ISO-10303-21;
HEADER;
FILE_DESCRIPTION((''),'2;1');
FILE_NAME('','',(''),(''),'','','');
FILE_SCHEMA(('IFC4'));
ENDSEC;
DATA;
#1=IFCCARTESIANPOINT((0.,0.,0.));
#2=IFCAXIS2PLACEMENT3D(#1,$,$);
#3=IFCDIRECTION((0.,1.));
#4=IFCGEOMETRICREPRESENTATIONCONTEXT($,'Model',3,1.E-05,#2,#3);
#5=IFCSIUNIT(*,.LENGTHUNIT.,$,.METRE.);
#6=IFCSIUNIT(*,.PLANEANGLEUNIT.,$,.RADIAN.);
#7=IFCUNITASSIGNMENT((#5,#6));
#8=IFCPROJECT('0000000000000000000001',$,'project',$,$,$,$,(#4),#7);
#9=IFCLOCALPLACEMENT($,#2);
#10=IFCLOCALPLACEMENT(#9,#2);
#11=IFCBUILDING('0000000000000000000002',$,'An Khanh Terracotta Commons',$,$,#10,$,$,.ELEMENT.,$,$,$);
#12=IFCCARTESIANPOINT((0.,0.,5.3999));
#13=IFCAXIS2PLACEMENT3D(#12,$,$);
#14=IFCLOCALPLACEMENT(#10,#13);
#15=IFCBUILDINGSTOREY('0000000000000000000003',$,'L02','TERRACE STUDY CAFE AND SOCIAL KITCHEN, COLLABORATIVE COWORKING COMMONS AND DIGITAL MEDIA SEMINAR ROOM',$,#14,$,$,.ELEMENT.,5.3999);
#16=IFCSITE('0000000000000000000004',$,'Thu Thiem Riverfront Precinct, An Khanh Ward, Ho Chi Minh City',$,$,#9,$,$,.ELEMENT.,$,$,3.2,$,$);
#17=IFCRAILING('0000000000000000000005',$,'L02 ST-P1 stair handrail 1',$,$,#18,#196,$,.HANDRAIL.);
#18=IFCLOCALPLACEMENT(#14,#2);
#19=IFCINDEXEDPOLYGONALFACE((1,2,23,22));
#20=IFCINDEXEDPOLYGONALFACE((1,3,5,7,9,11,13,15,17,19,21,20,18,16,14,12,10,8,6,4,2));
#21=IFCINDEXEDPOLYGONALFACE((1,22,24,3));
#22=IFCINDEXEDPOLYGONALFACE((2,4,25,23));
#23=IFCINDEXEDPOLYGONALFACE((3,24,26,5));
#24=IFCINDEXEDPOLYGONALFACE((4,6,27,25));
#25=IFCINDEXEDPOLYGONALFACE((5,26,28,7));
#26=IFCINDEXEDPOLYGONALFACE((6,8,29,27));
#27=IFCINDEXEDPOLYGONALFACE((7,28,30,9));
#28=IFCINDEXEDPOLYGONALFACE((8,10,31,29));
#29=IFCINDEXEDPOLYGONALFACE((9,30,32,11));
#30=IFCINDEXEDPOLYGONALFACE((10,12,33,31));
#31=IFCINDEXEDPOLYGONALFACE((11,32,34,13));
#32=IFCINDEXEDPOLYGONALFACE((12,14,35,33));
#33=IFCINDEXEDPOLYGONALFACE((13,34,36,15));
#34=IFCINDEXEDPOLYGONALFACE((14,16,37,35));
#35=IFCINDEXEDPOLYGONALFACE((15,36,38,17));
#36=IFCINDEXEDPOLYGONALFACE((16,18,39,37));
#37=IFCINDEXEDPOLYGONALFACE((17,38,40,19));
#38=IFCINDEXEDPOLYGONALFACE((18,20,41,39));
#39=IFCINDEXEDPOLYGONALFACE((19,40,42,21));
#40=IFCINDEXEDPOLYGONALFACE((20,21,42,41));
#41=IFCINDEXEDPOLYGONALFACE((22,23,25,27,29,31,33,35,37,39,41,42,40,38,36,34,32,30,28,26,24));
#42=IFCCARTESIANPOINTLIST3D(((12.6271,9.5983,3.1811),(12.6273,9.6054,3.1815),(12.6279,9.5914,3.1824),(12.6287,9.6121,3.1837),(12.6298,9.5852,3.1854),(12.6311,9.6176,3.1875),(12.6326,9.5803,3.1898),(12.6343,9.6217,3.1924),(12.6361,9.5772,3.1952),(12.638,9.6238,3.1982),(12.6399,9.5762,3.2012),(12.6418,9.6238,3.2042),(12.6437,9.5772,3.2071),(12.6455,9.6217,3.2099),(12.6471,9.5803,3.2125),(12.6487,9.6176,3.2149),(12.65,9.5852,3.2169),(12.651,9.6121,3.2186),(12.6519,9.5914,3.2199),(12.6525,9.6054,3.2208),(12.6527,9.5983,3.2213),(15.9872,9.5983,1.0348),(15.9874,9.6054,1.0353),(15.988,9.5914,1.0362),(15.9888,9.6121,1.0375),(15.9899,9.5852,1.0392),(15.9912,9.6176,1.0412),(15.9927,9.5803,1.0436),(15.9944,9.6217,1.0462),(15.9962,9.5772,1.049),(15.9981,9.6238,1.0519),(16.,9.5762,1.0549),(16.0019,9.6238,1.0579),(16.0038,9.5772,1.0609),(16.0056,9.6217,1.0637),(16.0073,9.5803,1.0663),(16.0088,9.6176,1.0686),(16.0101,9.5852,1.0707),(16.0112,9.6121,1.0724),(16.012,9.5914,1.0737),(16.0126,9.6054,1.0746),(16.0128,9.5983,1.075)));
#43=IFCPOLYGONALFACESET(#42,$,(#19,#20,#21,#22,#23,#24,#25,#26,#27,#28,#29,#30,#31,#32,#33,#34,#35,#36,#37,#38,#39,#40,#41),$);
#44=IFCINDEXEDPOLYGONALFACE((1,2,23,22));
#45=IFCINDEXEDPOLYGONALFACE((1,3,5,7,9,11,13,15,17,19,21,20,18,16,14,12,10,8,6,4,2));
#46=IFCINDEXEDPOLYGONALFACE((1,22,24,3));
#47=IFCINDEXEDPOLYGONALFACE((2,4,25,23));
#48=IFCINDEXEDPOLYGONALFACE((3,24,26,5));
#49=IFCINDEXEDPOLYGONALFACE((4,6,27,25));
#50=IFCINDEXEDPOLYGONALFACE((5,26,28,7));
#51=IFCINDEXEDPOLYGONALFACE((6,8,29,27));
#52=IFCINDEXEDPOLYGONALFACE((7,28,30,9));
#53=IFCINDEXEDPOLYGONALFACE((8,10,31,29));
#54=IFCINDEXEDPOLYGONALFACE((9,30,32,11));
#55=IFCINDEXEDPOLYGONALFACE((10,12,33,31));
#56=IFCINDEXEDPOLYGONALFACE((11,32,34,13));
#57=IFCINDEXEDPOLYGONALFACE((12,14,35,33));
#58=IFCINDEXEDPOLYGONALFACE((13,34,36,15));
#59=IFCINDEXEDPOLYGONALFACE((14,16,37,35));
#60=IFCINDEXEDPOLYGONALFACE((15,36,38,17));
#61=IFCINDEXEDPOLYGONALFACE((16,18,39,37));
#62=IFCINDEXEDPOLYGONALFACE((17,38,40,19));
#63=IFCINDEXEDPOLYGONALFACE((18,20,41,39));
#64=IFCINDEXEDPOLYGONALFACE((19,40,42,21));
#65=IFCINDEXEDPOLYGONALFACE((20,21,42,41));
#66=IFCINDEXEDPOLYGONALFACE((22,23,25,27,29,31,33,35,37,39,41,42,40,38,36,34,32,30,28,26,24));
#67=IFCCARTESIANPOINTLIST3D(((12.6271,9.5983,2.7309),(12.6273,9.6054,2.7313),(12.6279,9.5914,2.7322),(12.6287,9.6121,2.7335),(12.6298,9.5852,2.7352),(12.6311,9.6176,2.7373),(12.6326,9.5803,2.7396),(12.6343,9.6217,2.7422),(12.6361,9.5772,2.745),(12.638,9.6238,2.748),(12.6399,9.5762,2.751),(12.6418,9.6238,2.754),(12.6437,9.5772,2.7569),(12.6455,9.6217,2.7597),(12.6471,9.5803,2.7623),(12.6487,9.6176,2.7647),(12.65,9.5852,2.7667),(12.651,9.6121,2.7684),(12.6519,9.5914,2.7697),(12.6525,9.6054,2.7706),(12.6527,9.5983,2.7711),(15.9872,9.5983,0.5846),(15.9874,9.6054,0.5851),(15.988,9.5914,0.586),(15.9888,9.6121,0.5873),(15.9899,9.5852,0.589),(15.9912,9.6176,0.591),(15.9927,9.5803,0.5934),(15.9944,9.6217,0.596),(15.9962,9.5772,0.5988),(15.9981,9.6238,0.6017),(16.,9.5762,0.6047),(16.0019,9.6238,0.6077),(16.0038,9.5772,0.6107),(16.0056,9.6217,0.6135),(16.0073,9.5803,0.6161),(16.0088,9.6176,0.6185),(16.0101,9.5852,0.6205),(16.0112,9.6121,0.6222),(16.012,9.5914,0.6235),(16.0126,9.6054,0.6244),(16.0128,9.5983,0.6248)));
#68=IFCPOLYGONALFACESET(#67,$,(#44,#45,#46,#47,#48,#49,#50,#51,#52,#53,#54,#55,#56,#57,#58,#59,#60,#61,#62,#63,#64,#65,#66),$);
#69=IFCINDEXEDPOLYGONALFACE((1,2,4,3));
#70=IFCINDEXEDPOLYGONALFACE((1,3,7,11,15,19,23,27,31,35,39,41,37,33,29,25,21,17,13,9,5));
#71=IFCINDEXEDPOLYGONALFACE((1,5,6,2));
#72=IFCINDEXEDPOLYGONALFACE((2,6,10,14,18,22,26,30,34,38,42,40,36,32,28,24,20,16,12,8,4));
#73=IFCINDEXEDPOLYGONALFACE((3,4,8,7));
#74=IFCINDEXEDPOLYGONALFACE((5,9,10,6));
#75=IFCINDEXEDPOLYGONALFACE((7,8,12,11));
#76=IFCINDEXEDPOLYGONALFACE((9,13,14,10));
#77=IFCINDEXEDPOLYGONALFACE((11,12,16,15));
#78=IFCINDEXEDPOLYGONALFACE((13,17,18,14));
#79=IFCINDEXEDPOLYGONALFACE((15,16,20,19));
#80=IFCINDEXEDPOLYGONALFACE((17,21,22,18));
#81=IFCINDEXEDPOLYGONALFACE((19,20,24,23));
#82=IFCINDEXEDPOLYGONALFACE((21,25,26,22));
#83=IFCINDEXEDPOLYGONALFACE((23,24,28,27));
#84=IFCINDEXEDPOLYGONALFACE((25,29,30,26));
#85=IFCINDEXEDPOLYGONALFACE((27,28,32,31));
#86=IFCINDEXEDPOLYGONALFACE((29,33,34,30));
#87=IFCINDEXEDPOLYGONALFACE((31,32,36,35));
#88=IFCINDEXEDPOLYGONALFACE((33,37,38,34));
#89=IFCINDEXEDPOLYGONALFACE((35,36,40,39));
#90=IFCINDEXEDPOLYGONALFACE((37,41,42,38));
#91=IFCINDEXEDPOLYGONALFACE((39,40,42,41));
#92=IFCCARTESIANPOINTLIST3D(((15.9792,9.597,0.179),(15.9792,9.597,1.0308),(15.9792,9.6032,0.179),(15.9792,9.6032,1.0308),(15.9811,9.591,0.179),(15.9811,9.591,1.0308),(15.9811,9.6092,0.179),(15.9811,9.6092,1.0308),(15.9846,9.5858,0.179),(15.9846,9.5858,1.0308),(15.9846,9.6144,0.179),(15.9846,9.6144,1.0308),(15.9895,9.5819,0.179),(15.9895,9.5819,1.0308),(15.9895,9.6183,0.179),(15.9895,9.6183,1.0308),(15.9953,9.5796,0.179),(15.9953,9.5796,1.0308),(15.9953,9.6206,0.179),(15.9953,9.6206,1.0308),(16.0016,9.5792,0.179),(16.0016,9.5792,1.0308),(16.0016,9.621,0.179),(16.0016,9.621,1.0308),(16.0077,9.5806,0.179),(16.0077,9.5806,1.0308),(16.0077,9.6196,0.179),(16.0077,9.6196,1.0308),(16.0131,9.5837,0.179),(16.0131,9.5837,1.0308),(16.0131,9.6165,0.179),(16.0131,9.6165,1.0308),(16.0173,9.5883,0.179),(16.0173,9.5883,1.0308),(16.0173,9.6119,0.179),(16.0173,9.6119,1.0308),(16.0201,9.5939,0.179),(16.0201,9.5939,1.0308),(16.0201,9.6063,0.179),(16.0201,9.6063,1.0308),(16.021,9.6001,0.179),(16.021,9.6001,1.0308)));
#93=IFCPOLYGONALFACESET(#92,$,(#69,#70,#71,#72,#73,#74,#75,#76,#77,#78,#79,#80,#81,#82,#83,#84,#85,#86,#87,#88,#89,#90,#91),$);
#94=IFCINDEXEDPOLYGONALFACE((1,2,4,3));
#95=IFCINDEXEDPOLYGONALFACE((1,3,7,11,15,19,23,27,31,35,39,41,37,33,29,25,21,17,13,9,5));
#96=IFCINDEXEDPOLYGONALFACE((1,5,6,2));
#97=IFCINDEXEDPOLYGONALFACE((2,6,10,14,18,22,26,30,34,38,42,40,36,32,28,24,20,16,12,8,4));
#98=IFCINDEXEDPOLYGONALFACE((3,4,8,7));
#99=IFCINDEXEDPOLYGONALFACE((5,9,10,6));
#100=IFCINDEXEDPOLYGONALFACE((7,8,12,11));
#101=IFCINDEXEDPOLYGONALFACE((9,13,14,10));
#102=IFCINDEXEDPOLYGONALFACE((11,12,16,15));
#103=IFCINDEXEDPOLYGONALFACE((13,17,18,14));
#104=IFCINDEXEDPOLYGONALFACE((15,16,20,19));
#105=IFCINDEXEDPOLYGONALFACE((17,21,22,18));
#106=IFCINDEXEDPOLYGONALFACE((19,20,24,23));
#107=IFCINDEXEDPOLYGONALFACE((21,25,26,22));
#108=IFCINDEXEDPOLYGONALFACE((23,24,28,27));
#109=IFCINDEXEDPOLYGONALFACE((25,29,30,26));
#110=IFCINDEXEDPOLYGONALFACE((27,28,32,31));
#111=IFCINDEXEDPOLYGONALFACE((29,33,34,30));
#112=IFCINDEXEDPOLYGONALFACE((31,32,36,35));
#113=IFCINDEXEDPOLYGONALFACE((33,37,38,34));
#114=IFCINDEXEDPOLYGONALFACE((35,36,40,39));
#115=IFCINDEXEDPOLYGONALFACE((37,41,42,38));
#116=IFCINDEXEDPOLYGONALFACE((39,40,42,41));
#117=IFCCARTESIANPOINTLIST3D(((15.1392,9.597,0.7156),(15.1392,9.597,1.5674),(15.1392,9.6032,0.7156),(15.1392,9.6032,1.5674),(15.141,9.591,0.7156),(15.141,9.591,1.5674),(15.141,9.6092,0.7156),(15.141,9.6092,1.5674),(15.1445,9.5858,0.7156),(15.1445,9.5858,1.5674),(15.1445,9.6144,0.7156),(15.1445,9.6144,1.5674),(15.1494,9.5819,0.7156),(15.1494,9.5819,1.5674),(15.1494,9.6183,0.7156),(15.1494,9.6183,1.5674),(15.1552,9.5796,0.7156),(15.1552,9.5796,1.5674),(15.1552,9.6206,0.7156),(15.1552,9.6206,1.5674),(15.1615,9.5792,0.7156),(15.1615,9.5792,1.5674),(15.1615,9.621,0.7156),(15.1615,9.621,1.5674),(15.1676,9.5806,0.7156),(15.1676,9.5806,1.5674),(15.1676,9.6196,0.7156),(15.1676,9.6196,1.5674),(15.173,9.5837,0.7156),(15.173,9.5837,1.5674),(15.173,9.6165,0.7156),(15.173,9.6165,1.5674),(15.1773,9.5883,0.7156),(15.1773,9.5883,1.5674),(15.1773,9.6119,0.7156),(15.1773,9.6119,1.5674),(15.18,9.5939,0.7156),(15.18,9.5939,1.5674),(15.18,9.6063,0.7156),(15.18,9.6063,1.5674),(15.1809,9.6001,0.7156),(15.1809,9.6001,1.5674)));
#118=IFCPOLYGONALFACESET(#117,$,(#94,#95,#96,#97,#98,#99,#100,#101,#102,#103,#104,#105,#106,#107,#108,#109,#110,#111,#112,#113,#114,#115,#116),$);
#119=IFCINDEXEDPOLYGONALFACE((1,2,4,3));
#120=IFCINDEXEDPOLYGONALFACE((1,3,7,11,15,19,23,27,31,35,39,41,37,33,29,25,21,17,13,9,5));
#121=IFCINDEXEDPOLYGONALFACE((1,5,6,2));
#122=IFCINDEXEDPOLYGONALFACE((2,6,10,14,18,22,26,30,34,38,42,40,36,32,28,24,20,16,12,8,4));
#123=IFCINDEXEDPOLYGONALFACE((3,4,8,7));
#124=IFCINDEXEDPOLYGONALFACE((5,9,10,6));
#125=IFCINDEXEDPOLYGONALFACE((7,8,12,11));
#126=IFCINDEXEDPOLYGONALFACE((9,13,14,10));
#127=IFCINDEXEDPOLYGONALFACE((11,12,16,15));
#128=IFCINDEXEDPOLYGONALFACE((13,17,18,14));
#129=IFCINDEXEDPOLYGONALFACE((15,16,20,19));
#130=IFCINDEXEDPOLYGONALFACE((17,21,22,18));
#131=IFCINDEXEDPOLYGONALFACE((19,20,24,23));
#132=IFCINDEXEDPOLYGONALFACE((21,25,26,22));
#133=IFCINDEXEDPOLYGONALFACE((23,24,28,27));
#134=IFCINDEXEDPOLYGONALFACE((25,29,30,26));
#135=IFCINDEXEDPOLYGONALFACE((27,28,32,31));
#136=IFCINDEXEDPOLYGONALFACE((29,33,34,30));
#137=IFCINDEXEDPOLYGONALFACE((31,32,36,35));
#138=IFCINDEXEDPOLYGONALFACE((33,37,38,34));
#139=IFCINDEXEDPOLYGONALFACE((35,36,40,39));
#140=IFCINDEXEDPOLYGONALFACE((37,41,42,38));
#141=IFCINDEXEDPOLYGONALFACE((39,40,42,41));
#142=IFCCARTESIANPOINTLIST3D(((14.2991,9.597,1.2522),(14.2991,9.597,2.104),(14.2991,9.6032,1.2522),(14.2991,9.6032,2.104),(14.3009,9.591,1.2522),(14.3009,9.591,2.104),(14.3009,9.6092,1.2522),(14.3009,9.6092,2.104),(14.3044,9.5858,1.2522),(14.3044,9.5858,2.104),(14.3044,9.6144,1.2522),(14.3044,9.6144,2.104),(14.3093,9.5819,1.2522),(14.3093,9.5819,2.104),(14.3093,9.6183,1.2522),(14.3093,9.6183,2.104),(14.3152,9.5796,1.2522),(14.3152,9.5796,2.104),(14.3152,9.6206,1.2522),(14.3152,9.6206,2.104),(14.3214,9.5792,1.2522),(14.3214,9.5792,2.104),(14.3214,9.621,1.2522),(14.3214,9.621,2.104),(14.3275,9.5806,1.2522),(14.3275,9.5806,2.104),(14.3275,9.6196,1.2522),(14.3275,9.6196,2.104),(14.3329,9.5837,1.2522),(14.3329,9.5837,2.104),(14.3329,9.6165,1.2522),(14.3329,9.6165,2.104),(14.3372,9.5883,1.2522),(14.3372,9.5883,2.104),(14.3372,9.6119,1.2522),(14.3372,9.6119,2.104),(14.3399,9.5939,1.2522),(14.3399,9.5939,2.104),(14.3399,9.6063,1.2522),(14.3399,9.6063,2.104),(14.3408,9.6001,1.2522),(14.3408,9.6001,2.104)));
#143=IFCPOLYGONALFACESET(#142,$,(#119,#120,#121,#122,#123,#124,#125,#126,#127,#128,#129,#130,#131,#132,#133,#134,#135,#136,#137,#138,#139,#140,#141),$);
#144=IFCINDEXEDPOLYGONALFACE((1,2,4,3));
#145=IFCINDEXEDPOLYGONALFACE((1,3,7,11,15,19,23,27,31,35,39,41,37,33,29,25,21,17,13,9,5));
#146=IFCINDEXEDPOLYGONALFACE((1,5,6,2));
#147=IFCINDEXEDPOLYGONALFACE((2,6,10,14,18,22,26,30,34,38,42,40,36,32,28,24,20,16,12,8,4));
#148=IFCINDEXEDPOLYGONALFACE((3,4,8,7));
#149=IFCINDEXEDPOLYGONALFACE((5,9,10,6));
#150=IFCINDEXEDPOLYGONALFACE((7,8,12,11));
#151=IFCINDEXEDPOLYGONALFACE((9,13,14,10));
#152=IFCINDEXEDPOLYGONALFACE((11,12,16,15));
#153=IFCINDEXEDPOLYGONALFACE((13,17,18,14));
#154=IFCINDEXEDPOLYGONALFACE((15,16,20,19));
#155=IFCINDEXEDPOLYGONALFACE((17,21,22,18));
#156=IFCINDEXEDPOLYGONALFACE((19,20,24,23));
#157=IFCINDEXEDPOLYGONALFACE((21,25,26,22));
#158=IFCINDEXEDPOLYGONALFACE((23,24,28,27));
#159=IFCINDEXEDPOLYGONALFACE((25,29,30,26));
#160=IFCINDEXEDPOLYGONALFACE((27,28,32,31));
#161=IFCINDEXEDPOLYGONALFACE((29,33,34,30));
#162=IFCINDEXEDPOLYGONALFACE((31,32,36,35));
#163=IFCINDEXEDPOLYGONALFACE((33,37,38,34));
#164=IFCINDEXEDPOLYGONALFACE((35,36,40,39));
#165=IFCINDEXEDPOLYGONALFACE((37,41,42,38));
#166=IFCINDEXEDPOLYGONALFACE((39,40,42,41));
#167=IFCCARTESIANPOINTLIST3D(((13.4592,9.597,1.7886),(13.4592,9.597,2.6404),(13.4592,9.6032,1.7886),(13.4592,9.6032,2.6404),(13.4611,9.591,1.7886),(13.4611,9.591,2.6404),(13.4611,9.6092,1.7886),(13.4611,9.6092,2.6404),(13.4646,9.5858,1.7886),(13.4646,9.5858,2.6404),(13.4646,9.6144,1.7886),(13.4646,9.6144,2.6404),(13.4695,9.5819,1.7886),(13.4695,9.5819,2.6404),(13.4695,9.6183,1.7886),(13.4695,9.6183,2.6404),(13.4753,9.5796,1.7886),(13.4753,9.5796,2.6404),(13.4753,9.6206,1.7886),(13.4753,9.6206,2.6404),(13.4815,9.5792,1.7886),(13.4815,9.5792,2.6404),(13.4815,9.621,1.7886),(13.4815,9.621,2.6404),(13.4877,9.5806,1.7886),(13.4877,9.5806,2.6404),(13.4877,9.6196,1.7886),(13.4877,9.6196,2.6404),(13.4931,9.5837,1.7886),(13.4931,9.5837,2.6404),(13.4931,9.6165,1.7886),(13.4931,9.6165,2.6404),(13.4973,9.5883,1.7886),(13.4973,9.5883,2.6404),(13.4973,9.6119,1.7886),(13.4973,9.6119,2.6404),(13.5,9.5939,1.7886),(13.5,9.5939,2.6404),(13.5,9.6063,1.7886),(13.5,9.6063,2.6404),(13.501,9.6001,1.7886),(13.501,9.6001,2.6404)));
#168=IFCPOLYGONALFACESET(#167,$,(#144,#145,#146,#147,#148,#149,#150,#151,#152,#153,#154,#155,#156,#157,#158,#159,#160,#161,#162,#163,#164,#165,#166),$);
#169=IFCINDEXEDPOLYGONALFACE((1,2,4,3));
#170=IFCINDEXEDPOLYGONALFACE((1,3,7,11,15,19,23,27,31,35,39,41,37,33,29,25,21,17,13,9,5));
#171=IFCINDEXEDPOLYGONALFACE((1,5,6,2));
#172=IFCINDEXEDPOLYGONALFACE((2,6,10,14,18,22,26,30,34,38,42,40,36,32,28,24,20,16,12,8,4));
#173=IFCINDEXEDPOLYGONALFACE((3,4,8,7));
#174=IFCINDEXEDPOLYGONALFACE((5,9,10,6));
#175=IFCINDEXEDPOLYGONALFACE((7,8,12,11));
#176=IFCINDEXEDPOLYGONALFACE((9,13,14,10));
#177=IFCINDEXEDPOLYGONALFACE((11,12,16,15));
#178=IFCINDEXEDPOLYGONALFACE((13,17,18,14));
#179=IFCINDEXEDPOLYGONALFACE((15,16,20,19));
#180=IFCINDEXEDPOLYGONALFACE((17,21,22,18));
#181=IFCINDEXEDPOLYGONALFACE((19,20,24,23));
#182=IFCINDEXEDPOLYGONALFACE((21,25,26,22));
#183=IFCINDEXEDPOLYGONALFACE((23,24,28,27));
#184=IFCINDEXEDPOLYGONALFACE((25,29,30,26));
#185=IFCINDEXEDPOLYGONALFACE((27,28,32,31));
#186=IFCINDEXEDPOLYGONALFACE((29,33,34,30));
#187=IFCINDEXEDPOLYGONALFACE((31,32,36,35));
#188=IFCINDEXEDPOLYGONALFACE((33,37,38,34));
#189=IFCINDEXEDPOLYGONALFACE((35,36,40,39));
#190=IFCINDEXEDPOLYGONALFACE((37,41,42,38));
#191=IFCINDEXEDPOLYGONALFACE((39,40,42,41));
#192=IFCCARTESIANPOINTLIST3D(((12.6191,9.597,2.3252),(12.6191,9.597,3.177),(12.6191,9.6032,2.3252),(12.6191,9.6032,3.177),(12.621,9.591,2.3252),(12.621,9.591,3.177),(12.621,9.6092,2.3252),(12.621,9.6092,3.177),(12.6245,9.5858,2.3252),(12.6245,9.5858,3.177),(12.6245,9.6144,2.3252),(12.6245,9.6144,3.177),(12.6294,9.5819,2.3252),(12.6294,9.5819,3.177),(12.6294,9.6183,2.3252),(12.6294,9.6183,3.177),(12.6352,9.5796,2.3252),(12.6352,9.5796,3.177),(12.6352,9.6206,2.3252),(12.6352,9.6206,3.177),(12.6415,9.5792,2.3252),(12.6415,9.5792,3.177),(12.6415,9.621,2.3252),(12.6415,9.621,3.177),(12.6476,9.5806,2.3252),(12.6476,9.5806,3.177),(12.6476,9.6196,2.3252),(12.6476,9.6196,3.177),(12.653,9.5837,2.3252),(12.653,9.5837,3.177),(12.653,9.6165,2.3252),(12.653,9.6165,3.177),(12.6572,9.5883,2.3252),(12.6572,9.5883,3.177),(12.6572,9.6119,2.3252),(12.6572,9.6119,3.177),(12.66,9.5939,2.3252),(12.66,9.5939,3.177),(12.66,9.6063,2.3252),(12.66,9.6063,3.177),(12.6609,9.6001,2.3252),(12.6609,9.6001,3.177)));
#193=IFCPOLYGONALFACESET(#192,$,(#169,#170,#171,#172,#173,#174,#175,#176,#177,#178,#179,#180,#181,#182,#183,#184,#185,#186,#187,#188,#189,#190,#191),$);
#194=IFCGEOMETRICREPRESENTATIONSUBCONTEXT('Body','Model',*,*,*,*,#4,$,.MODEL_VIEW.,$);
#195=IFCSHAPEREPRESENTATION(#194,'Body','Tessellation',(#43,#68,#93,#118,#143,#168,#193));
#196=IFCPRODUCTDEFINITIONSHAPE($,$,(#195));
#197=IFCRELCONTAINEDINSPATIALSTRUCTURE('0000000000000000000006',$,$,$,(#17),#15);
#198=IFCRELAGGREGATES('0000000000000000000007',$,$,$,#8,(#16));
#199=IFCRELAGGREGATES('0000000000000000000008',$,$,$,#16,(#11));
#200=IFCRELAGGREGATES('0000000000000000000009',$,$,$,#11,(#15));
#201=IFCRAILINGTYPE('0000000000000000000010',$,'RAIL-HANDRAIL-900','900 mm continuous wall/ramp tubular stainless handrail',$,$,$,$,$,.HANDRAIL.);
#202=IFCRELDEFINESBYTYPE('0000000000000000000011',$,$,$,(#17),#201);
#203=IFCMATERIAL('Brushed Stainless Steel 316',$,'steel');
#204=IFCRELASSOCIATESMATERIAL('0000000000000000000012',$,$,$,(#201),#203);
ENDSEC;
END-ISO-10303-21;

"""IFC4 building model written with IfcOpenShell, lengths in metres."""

from ifc_helpers import new_model, si_unit, direction, frame, origin, origin_2d, place, context, subcontext, project, spatial, circle, extrude, material, type_object, element, save


model = new_model("IFC4")

# Units and contexts
model_context = context("Model", 3, precision=1e-05, world=origin(), true_north=direction((0.0, 1.0)))
body_context = subcontext(model_context, "Body", "Model", "MODEL_VIEW")
ifc_project = project(units=[si_unit("LENGTHUNIT", "METRE"), si_unit("PLANEANGLEUNIT", "RADIAN")], contexts=[model_context])

# Site, building, storey
site_placement = place(None, origin())
site = spatial("IfcSite", under=ifc_project, at=site_placement, Name="Thu Thiem Riverfront Precinct, An Khanh Ward, Ho Chi Minh City", CompositionType="ELEMENT", RefElevation=3.2)
building_placement = place(site_placement, origin())
building = spatial("IfcBuilding", under=site, at=building_placement, Name="An Khanh Terracotta Commons", CompositionType="ELEMENT")
storey_placement = place(building_placement, frame((0.0, 0.0, 5.3999)))
storey = spatial("IfcBuildingStorey", under=building, at=storey_placement, Name="L02", Description="TERRACE STUDY CAFE AND SOCIAL KITCHEN, COLLABORATIVE COWORKING COMMONS AND DIGITAL MEDIA SEMINAR ROOM", CompositionType="ELEMENT", Elevation=5.3999)

# Railing
ifc_material_1 = material(Name="Brushed Stainless Steel 316", Category="steel")
railing_type_1 = type_object("IfcRailingType", Name="RAIL-HANDRAIL-900", Description="900 mm continuous wall/ramp tubular stainless handrail", PredefinedType="HANDRAIL", material=ifc_material_1)
railing_1_placement = place(storey_placement, frame((16.0, 9.6001, 0.179)))
element("IfcRailing", 1, at=railing_1_placement, inside=storey, type_object=railing_type_1, Name="L02 ST-P1 stair handrail 1", PredefinedType="HANDRAIL", context=body_context, shape_type="SweptSolid", body=[
    extrude(circle(Radius=0.0239, at=origin_2d()), frame((0.0, 0.0, 0.876), z_axis=(-0.842753, 0.0, 0.538301), x_axis=(0.0, -1.0, 0.0)), (0.0, 0.0, 1.0), 3.9871),
    extrude(circle(Radius=0.0239, at=origin_2d()), frame((0.0, 0.0, 0.4258), z_axis=(-0.842753, 0.0, 0.538301), x_axis=(0.0, -1.0, 0.0)), (0.0, 0.0, 1.0), 3.9871),
    extrude(circle(Radius=0.021, at=origin_2d()), origin(), (0.0, 0.0, 1.0), 0.8518),
    extrude(circle(Radius=0.021, at=origin_2d()), frame((-0.8401, 0.0, 0.5366)), (0.0, 0.0, 1.0), 0.8518),
    extrude(circle(Radius=0.021, at=origin_2d()), frame((-1.6802, 0.0, 1.0732)), (0.0, 0.0, 1.0), 0.8518),
    extrude(circle(Radius=0.021, at=origin_2d()), frame((-2.52, 0.0, 1.6096)), (0.0, 0.0, 1.0), 0.8518),
    extrude(circle(Radius=0.021, at=origin_2d()), frame((-3.3601, 0.0, 2.1462)), (0.0, 0.0, 1.0), 0.8518),
])

save(model, "model.ifc")
